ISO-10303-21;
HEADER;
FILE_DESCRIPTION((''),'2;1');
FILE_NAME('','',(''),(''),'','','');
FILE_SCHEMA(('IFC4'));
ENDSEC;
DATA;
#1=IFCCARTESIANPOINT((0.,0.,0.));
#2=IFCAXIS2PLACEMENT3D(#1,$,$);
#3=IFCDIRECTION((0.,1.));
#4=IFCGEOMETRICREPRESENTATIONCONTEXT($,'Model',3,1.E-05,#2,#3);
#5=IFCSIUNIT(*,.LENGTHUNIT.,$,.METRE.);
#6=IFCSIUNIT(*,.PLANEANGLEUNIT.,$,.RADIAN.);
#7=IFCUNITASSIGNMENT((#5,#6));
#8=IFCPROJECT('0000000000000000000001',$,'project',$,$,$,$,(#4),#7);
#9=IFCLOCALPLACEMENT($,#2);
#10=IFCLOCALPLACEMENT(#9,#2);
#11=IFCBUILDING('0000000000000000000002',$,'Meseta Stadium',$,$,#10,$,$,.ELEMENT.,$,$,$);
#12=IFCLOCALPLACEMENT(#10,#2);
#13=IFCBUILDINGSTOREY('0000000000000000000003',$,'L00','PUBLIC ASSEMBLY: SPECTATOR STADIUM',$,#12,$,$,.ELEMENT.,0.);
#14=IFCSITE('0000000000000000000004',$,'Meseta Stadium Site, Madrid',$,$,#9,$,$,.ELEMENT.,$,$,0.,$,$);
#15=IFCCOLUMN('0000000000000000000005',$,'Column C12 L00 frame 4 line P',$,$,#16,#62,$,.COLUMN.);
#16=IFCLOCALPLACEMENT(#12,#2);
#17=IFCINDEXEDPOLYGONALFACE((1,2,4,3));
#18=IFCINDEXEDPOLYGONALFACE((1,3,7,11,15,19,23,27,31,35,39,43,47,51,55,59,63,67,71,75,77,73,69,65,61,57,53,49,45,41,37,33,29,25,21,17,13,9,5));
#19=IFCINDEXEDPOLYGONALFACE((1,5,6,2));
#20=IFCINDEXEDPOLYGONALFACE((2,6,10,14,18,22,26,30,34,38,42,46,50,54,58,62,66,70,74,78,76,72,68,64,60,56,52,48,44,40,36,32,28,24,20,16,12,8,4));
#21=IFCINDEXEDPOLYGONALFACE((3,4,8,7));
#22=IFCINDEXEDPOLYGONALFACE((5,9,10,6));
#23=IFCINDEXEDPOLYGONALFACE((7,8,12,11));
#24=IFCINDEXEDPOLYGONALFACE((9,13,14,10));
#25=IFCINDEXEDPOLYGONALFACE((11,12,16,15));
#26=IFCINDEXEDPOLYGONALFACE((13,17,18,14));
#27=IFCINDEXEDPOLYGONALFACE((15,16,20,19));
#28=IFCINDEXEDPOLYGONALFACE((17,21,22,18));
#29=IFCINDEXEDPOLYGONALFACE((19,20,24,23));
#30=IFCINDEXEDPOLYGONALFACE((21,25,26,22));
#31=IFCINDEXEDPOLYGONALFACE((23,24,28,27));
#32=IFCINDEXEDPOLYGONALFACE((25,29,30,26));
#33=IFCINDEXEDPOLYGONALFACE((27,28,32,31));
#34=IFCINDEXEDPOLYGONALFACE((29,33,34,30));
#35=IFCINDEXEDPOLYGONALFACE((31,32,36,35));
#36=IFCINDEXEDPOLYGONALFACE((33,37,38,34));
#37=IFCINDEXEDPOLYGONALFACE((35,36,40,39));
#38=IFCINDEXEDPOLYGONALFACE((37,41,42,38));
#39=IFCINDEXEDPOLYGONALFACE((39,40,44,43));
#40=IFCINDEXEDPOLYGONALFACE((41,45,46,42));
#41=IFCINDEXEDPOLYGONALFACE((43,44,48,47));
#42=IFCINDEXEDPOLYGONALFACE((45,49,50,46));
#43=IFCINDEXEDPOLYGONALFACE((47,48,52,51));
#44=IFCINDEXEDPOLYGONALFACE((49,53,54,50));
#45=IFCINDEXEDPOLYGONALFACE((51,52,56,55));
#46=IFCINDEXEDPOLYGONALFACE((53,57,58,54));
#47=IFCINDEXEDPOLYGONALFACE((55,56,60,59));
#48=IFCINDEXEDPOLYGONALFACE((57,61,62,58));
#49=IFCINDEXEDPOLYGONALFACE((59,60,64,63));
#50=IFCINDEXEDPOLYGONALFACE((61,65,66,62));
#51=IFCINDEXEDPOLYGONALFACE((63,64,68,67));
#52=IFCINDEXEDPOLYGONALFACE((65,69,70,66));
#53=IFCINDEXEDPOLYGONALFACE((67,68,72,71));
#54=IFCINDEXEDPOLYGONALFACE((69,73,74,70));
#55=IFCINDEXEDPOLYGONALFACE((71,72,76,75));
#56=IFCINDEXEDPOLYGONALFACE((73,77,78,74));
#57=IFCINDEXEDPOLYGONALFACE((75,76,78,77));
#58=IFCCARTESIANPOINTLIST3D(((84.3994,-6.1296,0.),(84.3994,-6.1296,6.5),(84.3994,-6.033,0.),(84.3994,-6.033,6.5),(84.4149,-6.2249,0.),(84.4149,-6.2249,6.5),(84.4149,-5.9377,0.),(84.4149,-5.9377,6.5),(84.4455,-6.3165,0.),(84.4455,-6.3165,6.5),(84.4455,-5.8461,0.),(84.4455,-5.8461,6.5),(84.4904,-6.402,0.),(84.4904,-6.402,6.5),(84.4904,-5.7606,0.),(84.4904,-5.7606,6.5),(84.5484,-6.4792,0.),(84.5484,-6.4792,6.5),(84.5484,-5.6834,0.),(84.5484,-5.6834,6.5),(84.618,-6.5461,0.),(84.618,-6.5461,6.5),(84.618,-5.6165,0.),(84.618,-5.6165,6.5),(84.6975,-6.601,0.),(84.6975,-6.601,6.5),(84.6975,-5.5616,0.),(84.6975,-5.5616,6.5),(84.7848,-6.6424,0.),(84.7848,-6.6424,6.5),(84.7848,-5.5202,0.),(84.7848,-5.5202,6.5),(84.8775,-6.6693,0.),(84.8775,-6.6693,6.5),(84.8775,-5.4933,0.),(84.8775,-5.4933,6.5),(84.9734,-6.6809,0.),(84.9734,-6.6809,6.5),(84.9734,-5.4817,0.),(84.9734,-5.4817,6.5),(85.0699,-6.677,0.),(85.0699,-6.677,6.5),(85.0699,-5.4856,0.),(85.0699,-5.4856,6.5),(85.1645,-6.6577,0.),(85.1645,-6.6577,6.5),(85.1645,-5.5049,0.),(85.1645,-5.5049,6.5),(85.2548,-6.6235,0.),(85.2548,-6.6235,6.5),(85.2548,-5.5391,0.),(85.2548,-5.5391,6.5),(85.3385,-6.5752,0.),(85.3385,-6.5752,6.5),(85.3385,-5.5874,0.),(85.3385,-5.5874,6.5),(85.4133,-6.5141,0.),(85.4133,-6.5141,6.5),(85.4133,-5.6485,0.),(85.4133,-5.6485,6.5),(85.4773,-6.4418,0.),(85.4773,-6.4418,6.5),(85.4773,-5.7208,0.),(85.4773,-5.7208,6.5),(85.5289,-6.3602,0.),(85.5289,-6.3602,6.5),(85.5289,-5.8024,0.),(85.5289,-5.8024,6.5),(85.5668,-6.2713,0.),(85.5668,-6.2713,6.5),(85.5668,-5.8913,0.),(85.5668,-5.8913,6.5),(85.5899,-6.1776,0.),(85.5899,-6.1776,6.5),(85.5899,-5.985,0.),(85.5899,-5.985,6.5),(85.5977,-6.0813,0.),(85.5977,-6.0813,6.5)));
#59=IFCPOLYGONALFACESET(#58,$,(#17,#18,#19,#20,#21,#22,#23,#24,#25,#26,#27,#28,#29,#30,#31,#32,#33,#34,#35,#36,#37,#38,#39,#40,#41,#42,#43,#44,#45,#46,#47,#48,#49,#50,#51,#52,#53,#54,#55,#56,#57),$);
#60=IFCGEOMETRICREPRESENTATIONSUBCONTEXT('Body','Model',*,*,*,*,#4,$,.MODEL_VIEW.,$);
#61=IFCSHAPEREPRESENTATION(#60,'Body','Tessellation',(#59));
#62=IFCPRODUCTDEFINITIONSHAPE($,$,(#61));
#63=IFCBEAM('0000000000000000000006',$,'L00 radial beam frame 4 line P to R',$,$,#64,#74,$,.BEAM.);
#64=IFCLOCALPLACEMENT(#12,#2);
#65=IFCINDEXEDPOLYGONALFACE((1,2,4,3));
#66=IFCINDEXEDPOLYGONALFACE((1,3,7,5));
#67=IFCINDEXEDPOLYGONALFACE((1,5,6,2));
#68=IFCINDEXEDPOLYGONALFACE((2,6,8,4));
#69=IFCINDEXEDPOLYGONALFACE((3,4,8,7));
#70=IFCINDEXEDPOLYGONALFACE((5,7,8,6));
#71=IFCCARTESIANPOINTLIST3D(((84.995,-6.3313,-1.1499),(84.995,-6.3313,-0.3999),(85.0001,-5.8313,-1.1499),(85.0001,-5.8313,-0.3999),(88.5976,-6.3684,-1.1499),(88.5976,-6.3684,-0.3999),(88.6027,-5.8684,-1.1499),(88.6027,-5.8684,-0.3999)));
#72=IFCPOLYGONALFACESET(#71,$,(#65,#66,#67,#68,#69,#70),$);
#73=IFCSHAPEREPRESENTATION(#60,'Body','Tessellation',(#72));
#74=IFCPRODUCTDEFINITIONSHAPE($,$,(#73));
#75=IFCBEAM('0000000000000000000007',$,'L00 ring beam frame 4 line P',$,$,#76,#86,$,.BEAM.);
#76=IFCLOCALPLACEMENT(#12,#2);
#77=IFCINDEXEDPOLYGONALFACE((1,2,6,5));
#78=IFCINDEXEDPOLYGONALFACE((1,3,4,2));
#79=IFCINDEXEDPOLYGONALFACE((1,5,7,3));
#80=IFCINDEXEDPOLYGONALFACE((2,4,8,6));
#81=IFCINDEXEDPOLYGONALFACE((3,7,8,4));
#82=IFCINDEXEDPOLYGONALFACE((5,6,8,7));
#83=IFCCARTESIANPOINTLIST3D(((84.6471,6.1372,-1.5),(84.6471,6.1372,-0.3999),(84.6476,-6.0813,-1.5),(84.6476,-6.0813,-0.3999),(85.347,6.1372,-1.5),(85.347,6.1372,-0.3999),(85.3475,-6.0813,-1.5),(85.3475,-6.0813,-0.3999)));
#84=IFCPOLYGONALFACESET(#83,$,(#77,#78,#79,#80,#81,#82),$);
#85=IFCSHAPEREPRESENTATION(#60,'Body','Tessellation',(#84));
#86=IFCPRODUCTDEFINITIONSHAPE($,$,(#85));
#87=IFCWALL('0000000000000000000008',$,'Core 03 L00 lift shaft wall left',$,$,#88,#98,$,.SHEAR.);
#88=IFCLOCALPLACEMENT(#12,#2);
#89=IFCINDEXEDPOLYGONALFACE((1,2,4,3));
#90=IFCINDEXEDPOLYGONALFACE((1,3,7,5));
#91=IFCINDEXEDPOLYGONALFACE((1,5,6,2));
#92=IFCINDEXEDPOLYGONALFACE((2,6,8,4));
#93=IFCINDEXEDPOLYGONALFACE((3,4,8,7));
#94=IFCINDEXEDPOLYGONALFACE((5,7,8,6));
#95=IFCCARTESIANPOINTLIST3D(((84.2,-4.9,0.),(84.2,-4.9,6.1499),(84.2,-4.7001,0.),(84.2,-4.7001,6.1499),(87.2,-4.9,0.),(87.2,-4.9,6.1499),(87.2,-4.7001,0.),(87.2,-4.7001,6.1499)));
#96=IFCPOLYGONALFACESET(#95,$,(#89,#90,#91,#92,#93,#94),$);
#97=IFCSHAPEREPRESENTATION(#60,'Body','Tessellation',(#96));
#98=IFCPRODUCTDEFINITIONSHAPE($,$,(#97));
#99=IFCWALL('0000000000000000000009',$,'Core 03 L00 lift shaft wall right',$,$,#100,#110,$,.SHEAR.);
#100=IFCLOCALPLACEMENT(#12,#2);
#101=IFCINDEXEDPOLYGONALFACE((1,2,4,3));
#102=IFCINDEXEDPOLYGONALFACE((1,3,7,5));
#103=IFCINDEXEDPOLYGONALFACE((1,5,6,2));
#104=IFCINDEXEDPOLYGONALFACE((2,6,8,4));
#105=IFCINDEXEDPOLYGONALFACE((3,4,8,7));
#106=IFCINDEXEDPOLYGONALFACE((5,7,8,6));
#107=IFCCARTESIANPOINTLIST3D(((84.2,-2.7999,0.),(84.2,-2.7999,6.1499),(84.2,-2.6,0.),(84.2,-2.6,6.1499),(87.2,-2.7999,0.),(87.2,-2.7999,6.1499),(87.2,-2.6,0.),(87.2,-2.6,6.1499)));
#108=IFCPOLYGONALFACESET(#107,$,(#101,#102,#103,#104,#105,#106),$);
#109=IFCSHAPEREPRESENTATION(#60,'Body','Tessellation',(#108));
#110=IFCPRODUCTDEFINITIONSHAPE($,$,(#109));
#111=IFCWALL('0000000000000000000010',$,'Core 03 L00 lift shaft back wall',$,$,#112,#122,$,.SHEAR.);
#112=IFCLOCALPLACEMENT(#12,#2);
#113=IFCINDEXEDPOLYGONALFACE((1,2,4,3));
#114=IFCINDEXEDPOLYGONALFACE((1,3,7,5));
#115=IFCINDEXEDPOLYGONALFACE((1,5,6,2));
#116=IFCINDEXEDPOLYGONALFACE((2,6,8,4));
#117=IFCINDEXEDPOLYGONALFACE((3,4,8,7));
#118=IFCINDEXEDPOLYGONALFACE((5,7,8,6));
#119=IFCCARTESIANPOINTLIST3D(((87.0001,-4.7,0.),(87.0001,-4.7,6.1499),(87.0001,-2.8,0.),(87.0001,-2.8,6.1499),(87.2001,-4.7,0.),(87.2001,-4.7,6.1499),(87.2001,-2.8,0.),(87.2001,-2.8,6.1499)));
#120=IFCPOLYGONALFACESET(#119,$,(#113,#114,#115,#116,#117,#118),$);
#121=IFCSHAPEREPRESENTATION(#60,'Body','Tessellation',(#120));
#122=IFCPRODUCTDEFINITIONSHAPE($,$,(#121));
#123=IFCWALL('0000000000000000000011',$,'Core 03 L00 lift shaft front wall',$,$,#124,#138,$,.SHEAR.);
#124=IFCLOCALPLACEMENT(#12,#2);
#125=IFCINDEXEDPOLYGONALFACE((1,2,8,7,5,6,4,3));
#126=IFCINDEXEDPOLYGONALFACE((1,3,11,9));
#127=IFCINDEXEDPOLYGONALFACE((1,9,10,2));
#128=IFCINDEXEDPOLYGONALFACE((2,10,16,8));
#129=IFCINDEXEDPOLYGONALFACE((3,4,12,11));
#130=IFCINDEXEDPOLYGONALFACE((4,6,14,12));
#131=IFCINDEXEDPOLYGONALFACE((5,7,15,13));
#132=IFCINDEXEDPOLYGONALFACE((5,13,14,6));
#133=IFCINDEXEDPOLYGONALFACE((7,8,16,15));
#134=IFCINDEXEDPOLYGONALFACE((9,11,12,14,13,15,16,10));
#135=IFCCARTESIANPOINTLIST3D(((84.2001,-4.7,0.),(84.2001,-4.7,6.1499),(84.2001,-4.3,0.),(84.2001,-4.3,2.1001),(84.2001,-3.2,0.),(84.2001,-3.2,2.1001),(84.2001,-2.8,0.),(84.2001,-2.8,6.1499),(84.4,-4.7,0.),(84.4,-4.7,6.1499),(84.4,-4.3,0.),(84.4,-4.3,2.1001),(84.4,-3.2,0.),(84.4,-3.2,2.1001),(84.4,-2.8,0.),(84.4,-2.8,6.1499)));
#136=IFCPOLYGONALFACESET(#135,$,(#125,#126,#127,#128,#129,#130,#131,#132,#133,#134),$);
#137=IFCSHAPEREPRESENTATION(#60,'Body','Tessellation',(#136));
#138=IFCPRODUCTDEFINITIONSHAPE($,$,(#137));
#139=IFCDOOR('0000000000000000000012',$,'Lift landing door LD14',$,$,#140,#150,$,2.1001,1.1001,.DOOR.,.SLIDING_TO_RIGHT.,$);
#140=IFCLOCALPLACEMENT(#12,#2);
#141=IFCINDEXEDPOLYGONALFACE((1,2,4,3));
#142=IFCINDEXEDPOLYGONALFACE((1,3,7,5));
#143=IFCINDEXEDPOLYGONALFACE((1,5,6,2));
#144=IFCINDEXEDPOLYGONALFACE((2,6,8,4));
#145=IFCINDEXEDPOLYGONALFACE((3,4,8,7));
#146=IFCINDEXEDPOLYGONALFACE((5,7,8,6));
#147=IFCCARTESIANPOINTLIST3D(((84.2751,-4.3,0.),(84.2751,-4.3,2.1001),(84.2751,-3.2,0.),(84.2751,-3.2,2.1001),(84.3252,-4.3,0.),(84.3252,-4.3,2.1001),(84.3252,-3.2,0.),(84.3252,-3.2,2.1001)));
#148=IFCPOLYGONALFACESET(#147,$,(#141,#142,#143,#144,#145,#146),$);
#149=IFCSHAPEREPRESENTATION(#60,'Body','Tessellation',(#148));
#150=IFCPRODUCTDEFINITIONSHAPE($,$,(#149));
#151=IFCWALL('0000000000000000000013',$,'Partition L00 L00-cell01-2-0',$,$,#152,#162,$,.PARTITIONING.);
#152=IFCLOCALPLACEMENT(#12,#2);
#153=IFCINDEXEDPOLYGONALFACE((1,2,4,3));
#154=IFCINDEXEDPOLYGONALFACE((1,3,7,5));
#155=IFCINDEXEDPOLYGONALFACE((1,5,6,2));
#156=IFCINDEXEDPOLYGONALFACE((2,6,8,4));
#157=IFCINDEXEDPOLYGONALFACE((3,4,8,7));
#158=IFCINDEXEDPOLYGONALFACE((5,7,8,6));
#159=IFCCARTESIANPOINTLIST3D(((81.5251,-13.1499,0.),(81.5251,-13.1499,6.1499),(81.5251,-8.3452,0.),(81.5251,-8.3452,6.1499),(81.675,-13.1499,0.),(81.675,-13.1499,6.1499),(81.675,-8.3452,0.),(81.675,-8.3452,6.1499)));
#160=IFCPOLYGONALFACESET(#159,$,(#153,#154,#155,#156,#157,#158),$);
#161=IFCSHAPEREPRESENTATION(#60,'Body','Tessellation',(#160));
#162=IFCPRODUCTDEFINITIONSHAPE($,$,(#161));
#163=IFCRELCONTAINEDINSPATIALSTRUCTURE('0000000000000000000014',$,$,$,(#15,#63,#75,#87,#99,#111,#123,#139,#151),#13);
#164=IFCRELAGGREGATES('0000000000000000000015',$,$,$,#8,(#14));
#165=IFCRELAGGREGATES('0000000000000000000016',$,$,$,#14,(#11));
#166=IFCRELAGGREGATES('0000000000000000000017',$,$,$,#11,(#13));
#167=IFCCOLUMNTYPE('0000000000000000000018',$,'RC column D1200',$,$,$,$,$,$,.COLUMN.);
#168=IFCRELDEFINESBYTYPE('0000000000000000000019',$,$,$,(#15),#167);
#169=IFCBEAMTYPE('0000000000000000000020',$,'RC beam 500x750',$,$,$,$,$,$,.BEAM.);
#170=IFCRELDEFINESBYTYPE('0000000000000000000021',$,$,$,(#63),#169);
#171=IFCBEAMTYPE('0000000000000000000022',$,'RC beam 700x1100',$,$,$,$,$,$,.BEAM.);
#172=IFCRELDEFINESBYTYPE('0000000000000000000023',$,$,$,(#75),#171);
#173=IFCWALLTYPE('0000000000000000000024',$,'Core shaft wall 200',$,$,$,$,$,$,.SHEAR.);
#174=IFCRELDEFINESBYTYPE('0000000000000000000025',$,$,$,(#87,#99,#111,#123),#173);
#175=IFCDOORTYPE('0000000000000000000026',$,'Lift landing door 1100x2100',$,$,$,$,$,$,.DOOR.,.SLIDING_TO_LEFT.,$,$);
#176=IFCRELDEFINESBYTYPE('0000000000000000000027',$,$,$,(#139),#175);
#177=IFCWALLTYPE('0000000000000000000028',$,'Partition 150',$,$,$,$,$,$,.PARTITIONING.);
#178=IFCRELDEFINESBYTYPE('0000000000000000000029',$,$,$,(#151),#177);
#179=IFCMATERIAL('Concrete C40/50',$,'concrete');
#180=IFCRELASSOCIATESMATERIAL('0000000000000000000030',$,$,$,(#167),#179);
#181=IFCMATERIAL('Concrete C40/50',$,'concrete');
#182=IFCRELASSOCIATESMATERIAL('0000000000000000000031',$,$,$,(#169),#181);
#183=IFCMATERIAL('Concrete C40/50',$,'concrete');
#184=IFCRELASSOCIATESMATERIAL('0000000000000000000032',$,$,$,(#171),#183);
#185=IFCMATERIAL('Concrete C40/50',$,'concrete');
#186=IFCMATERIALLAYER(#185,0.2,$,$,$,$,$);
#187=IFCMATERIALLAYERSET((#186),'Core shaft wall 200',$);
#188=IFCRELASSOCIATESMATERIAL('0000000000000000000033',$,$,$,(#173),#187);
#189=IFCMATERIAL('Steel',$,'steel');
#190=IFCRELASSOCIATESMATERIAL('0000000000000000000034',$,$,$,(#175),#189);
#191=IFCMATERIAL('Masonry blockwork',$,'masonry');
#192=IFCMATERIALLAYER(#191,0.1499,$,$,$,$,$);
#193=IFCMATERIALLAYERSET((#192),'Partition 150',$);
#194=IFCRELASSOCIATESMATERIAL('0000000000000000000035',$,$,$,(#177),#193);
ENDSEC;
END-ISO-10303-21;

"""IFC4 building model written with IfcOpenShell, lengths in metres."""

from ifc_helpers import new_model, si_unit, direction, frame, frame_2d, origin, origin_2d, place, context, subcontext, project, spatial, rectangle, circle, extrude, material, layer, layer_set, material_profile, profile_set, type_object, element, fill, save


model = new_model("IFC4")

# Units and contexts
model_context = context("Model", 3, precision=1e-05, world=origin(), true_north=direction((0.0, 1.0)))
body_context = subcontext(model_context, "Body", "Model", "MODEL_VIEW")
ifc_project = project(units=[si_unit("LENGTHUNIT", "METRE"), si_unit("PLANEANGLEUNIT", "RADIAN")], contexts=[model_context])

# Site, building, storey
site_placement = place(None, origin())
site = spatial("IfcSite", under=ifc_project, at=site_placement, Name="Meseta Stadium Site, Madrid", CompositionType="ELEMENT", RefElevation=0.0)
building_placement = place(site_placement, origin())
building = spatial("IfcBuilding", under=site, at=building_placement, Name="Meseta Stadium", CompositionType="ELEMENT")
storey_placement = place(building_placement, origin())
storey = spatial("IfcBuildingStorey", under=building, at=storey_placement, Name="L00", Description="PUBLIC ASSEMBLY: SPECTATOR STADIUM", CompositionType="ELEMENT", Elevation=0.0)

# Column
ifc_material_1 = material(Name="Concrete C40/50", Category="concrete")
ifc_material_profile_1 = material_profile(ifc_material_1, circle(Radius=0.6001, at=origin_2d()), Name="RC D1200")
ifc_profile_set_1 = profile_set([ifc_material_profile_1], Name="Concrete C40/50")
column_type = type_object("IfcColumnType", Name="RC column D1200", PredefinedType="COLUMN", material=ifc_profile_set_1)
column_placement = place(storey_placement, frame((84.9976, -6.0813, 0.0), z_axis=(0.0, 0.0, 1.0), x_axis=(1.0, 0.0, 0.0)))
element("IfcColumn", 1, at=column_placement, inside=storey, type_object=column_type, Name="Column C12 L00 frame 4 line P", PredefinedType="COLUMN", context=body_context, shape_type="SweptSolid", body=[
    extrude(circle(Radius=0.6001, at=origin_2d()), origin(), (0.0, 0.0, 1.0), 6.5),
])

# Beams
ifc_material_2 = material(Name="Concrete C40/50", Category="concrete")
ifc_material_profile_2 = material_profile(ifc_material_2, rectangle(XDim=0.5, YDim=0.75, at=origin_2d()), Name="RC 500x750")
ifc_profile_set_2 = profile_set([ifc_material_profile_2], Name="Concrete C40/50")
beam_type_1 = type_object("IfcBeamType", Name="RC beam 500x750", PredefinedType="BEAM", material=ifc_profile_set_2)
beam_1_placement = place(storey_placement, frame((84.9976, -6.0813, -0.7749), z_axis=(0.999947, -0.0103, 0.0), x_axis=(0.0103, 0.999947, 0.0)))
element("IfcBeam", 2, at=beam_1_placement, inside=storey, type_object=beam_type_1, Name="L00 radial beam frame 4 line P to R", PredefinedType="BEAM", context=body_context, shape_type="SweptSolid", body=[
    extrude(rectangle(XDim=0.5, YDim=0.75, at=origin_2d()), origin(), (0.0, 0.0, 1.0), 3.6028),
])
ifc_material_3 = material(Name="Concrete C40/50", Category="concrete")
ifc_material_profile_3 = material_profile(ifc_material_3, rectangle(XDim=0.7, YDim=1.1001, at=origin_2d()), Name="RC 700x1100")
ifc_profile_set_3 = profile_set([ifc_material_profile_3], Name="Concrete C40/50")
beam_type_2 = type_object("IfcBeamType", Name="RC beam 700x1100", PredefinedType="BEAM", material=ifc_profile_set_3)
beam_2_placement = place(storey_placement, frame((84.9976, -6.0813, -0.95), z_axis=(-0.00004, 1.0, 0.0), x_axis=(-1.0, -0.00004, 0.0)))
element("IfcBeam", 3, at=beam_2_placement, inside=storey, type_object=beam_type_2, Name="L00 ring beam frame 4 line P", PredefinedType="BEAM", context=body_context, shape_type="SweptSolid", body=[
    extrude(rectangle(XDim=0.7, YDim=1.1001, at=origin_2d()), origin(), (0.0, 0.0, 1.0), 12.2185),
])

# Walls
ifc_material_4 = material(Name="Concrete C40/50", Category="concrete")
ifc_layer_1 = layer(ifc_material_4, 0.2)
ifc_layer_set_1 = layer_set([ifc_layer_1], Name="Core shaft wall 200")
wall_type_1 = type_object("IfcWallType", Name="Core shaft wall 200", PredefinedType="SHEAR", material=ifc_layer_set_1)
for number, where, z_axis, x_axis, name in (
    (4, (87.2, -4.8, 0.0), (0.0, 0.0, 1.0), (-1.0, 0.0, 0.0), "Core 03 L00 lift shaft wall left"),
    (5, (87.2, -2.7, 0.0), (0.0, 0.0, 1.0), (-1.0, 0.0, 0.0), "Core 03 L00 lift shaft wall right"),
):
    element("IfcWall", number, at=place(storey_placement, frame(where, z_axis=z_axis, x_axis=x_axis)), inside=storey, type_object=wall_type_1, Name=name, PredefinedType="SHEAR", context=body_context, shape_type="SweptSolid", body=[
        extrude(rectangle(XDim=3.0, YDim=0.2, at=frame_2d((1.5, 0.0))), origin(), (0.0, 0.0, 1.0), 6.1499),
    ])
wall_1_placement = place(storey_placement, frame((87.1001, -4.7, 0.0), z_axis=(0.0, 0.0, 1.0), x_axis=(0.0, 1.0, 0.0)))
element("IfcWall", 6, at=wall_1_placement, inside=storey, type_object=wall_type_1, Name="Core 03 L00 lift shaft back wall", PredefinedType="SHEAR", context=body_context, shape_type="SweptSolid", body=[
    extrude(rectangle(XDim=1.8999, YDim=0.2, at=frame_2d((0.95, 0.0))), origin(), (0.0, 0.0, 1.0), 6.1499),
])

# Wall, opening, door
wall_2_placement = place(storey_placement, frame((84.3, -4.7, 0.0), z_axis=(0.0, 0.0, 1.0), x_axis=(0.0, 1.0, 0.0)))
wall_2 = element("IfcWall", 7, at=wall_2_placement, inside=storey, type_object=wall_type_1, Name="Core 03 L00 lift shaft front wall", PredefinedType="SHEAR", context=body_context, shape_type="SweptSolid", body=[
    extrude(rectangle(XDim=1.8999, YDim=0.2, at=frame_2d((0.95, 0.0))), origin(), (0.0, 0.0, 1.0), 6.1499),
])
opening_1_placement = place(wall_2_placement, frame((0.3999, 0.0, 0.0)))
opening_1 = element("IfcOpeningElement", 8, at=opening_1_placement, cuts=wall_2, PredefinedType="OPENING", context=body_context, shape_type="SweptSolid", body=[
    extrude(rectangle(XDim=1.1001, YDim=2.1001, at=frame_2d((0.55, 1.05))), frame((0.0, 0.1099, 0.0), z_axis=(0.0, -1.0, 0.0), x_axis=(1.0, 0.0, 0.0)), (0.0, 0.0, 1.0), 0.22),
])
ifc_material_5 = material(Name="Steel", Category="steel")
door_type_1 = type_object("IfcDoorType", Name="Lift landing door 1100x2100", OperationType="SLIDING_TO_LEFT", PredefinedType="DOOR", material=ifc_material_5)
door_1_placement = place(opening_1_placement, origin())
door_1 = element("IfcDoor", 9, at=door_1_placement, inside=storey, type_object=door_type_1, Name="Lift landing door LD14", OperationType="SLIDING_TO_RIGHT", OverallHeight=2.1001, OverallWidth=1.1001, PredefinedType="DOOR", context=body_context, shape_type="SweptSolid", body=[
    extrude(rectangle(XDim=1.1001, YDim=2.1001, at=frame_2d((0.55, 1.05))), frame((0.0, 0.0249, 0.0), z_axis=(0.0, -1.0, 0.0), x_axis=(1.0, 0.0, 0.0)), (0.0, 0.0, 1.0), 0.05),
])
fill(opening_1, door_1)

# Wall
ifc_material_6 = material(Name="Masonry blockwork", Category="masonry")
ifc_layer_2 = layer(ifc_material_6, 0.1499)
ifc_layer_set_2 = layer_set([ifc_layer_2], Name="Partition 150")
wall_type_2 = type_object("IfcWallType", Name="Partition 150", PredefinedType="PARTITIONING", material=ifc_layer_set_2)
wall_3_placement = place(storey_placement, frame((81.6001, -8.3452, 0.0), z_axis=(0.0, 0.0, 1.0), x_axis=(0.0, -1.0, 0.0)))
element("IfcWall", 10, at=wall_3_placement, inside=storey, type_object=wall_type_2, Name="Partition L00 L00-cell01-2-0", PredefinedType="PARTITIONING", context=body_context, shape_type="SweptSolid", body=[
    extrude(rectangle(XDim=4.8047, YDim=0.1499, at=frame_2d((2.4023, 0.0))), origin(), (0.0, 0.0, 1.0), 6.1499),
])

save(model, "model.ifc")
